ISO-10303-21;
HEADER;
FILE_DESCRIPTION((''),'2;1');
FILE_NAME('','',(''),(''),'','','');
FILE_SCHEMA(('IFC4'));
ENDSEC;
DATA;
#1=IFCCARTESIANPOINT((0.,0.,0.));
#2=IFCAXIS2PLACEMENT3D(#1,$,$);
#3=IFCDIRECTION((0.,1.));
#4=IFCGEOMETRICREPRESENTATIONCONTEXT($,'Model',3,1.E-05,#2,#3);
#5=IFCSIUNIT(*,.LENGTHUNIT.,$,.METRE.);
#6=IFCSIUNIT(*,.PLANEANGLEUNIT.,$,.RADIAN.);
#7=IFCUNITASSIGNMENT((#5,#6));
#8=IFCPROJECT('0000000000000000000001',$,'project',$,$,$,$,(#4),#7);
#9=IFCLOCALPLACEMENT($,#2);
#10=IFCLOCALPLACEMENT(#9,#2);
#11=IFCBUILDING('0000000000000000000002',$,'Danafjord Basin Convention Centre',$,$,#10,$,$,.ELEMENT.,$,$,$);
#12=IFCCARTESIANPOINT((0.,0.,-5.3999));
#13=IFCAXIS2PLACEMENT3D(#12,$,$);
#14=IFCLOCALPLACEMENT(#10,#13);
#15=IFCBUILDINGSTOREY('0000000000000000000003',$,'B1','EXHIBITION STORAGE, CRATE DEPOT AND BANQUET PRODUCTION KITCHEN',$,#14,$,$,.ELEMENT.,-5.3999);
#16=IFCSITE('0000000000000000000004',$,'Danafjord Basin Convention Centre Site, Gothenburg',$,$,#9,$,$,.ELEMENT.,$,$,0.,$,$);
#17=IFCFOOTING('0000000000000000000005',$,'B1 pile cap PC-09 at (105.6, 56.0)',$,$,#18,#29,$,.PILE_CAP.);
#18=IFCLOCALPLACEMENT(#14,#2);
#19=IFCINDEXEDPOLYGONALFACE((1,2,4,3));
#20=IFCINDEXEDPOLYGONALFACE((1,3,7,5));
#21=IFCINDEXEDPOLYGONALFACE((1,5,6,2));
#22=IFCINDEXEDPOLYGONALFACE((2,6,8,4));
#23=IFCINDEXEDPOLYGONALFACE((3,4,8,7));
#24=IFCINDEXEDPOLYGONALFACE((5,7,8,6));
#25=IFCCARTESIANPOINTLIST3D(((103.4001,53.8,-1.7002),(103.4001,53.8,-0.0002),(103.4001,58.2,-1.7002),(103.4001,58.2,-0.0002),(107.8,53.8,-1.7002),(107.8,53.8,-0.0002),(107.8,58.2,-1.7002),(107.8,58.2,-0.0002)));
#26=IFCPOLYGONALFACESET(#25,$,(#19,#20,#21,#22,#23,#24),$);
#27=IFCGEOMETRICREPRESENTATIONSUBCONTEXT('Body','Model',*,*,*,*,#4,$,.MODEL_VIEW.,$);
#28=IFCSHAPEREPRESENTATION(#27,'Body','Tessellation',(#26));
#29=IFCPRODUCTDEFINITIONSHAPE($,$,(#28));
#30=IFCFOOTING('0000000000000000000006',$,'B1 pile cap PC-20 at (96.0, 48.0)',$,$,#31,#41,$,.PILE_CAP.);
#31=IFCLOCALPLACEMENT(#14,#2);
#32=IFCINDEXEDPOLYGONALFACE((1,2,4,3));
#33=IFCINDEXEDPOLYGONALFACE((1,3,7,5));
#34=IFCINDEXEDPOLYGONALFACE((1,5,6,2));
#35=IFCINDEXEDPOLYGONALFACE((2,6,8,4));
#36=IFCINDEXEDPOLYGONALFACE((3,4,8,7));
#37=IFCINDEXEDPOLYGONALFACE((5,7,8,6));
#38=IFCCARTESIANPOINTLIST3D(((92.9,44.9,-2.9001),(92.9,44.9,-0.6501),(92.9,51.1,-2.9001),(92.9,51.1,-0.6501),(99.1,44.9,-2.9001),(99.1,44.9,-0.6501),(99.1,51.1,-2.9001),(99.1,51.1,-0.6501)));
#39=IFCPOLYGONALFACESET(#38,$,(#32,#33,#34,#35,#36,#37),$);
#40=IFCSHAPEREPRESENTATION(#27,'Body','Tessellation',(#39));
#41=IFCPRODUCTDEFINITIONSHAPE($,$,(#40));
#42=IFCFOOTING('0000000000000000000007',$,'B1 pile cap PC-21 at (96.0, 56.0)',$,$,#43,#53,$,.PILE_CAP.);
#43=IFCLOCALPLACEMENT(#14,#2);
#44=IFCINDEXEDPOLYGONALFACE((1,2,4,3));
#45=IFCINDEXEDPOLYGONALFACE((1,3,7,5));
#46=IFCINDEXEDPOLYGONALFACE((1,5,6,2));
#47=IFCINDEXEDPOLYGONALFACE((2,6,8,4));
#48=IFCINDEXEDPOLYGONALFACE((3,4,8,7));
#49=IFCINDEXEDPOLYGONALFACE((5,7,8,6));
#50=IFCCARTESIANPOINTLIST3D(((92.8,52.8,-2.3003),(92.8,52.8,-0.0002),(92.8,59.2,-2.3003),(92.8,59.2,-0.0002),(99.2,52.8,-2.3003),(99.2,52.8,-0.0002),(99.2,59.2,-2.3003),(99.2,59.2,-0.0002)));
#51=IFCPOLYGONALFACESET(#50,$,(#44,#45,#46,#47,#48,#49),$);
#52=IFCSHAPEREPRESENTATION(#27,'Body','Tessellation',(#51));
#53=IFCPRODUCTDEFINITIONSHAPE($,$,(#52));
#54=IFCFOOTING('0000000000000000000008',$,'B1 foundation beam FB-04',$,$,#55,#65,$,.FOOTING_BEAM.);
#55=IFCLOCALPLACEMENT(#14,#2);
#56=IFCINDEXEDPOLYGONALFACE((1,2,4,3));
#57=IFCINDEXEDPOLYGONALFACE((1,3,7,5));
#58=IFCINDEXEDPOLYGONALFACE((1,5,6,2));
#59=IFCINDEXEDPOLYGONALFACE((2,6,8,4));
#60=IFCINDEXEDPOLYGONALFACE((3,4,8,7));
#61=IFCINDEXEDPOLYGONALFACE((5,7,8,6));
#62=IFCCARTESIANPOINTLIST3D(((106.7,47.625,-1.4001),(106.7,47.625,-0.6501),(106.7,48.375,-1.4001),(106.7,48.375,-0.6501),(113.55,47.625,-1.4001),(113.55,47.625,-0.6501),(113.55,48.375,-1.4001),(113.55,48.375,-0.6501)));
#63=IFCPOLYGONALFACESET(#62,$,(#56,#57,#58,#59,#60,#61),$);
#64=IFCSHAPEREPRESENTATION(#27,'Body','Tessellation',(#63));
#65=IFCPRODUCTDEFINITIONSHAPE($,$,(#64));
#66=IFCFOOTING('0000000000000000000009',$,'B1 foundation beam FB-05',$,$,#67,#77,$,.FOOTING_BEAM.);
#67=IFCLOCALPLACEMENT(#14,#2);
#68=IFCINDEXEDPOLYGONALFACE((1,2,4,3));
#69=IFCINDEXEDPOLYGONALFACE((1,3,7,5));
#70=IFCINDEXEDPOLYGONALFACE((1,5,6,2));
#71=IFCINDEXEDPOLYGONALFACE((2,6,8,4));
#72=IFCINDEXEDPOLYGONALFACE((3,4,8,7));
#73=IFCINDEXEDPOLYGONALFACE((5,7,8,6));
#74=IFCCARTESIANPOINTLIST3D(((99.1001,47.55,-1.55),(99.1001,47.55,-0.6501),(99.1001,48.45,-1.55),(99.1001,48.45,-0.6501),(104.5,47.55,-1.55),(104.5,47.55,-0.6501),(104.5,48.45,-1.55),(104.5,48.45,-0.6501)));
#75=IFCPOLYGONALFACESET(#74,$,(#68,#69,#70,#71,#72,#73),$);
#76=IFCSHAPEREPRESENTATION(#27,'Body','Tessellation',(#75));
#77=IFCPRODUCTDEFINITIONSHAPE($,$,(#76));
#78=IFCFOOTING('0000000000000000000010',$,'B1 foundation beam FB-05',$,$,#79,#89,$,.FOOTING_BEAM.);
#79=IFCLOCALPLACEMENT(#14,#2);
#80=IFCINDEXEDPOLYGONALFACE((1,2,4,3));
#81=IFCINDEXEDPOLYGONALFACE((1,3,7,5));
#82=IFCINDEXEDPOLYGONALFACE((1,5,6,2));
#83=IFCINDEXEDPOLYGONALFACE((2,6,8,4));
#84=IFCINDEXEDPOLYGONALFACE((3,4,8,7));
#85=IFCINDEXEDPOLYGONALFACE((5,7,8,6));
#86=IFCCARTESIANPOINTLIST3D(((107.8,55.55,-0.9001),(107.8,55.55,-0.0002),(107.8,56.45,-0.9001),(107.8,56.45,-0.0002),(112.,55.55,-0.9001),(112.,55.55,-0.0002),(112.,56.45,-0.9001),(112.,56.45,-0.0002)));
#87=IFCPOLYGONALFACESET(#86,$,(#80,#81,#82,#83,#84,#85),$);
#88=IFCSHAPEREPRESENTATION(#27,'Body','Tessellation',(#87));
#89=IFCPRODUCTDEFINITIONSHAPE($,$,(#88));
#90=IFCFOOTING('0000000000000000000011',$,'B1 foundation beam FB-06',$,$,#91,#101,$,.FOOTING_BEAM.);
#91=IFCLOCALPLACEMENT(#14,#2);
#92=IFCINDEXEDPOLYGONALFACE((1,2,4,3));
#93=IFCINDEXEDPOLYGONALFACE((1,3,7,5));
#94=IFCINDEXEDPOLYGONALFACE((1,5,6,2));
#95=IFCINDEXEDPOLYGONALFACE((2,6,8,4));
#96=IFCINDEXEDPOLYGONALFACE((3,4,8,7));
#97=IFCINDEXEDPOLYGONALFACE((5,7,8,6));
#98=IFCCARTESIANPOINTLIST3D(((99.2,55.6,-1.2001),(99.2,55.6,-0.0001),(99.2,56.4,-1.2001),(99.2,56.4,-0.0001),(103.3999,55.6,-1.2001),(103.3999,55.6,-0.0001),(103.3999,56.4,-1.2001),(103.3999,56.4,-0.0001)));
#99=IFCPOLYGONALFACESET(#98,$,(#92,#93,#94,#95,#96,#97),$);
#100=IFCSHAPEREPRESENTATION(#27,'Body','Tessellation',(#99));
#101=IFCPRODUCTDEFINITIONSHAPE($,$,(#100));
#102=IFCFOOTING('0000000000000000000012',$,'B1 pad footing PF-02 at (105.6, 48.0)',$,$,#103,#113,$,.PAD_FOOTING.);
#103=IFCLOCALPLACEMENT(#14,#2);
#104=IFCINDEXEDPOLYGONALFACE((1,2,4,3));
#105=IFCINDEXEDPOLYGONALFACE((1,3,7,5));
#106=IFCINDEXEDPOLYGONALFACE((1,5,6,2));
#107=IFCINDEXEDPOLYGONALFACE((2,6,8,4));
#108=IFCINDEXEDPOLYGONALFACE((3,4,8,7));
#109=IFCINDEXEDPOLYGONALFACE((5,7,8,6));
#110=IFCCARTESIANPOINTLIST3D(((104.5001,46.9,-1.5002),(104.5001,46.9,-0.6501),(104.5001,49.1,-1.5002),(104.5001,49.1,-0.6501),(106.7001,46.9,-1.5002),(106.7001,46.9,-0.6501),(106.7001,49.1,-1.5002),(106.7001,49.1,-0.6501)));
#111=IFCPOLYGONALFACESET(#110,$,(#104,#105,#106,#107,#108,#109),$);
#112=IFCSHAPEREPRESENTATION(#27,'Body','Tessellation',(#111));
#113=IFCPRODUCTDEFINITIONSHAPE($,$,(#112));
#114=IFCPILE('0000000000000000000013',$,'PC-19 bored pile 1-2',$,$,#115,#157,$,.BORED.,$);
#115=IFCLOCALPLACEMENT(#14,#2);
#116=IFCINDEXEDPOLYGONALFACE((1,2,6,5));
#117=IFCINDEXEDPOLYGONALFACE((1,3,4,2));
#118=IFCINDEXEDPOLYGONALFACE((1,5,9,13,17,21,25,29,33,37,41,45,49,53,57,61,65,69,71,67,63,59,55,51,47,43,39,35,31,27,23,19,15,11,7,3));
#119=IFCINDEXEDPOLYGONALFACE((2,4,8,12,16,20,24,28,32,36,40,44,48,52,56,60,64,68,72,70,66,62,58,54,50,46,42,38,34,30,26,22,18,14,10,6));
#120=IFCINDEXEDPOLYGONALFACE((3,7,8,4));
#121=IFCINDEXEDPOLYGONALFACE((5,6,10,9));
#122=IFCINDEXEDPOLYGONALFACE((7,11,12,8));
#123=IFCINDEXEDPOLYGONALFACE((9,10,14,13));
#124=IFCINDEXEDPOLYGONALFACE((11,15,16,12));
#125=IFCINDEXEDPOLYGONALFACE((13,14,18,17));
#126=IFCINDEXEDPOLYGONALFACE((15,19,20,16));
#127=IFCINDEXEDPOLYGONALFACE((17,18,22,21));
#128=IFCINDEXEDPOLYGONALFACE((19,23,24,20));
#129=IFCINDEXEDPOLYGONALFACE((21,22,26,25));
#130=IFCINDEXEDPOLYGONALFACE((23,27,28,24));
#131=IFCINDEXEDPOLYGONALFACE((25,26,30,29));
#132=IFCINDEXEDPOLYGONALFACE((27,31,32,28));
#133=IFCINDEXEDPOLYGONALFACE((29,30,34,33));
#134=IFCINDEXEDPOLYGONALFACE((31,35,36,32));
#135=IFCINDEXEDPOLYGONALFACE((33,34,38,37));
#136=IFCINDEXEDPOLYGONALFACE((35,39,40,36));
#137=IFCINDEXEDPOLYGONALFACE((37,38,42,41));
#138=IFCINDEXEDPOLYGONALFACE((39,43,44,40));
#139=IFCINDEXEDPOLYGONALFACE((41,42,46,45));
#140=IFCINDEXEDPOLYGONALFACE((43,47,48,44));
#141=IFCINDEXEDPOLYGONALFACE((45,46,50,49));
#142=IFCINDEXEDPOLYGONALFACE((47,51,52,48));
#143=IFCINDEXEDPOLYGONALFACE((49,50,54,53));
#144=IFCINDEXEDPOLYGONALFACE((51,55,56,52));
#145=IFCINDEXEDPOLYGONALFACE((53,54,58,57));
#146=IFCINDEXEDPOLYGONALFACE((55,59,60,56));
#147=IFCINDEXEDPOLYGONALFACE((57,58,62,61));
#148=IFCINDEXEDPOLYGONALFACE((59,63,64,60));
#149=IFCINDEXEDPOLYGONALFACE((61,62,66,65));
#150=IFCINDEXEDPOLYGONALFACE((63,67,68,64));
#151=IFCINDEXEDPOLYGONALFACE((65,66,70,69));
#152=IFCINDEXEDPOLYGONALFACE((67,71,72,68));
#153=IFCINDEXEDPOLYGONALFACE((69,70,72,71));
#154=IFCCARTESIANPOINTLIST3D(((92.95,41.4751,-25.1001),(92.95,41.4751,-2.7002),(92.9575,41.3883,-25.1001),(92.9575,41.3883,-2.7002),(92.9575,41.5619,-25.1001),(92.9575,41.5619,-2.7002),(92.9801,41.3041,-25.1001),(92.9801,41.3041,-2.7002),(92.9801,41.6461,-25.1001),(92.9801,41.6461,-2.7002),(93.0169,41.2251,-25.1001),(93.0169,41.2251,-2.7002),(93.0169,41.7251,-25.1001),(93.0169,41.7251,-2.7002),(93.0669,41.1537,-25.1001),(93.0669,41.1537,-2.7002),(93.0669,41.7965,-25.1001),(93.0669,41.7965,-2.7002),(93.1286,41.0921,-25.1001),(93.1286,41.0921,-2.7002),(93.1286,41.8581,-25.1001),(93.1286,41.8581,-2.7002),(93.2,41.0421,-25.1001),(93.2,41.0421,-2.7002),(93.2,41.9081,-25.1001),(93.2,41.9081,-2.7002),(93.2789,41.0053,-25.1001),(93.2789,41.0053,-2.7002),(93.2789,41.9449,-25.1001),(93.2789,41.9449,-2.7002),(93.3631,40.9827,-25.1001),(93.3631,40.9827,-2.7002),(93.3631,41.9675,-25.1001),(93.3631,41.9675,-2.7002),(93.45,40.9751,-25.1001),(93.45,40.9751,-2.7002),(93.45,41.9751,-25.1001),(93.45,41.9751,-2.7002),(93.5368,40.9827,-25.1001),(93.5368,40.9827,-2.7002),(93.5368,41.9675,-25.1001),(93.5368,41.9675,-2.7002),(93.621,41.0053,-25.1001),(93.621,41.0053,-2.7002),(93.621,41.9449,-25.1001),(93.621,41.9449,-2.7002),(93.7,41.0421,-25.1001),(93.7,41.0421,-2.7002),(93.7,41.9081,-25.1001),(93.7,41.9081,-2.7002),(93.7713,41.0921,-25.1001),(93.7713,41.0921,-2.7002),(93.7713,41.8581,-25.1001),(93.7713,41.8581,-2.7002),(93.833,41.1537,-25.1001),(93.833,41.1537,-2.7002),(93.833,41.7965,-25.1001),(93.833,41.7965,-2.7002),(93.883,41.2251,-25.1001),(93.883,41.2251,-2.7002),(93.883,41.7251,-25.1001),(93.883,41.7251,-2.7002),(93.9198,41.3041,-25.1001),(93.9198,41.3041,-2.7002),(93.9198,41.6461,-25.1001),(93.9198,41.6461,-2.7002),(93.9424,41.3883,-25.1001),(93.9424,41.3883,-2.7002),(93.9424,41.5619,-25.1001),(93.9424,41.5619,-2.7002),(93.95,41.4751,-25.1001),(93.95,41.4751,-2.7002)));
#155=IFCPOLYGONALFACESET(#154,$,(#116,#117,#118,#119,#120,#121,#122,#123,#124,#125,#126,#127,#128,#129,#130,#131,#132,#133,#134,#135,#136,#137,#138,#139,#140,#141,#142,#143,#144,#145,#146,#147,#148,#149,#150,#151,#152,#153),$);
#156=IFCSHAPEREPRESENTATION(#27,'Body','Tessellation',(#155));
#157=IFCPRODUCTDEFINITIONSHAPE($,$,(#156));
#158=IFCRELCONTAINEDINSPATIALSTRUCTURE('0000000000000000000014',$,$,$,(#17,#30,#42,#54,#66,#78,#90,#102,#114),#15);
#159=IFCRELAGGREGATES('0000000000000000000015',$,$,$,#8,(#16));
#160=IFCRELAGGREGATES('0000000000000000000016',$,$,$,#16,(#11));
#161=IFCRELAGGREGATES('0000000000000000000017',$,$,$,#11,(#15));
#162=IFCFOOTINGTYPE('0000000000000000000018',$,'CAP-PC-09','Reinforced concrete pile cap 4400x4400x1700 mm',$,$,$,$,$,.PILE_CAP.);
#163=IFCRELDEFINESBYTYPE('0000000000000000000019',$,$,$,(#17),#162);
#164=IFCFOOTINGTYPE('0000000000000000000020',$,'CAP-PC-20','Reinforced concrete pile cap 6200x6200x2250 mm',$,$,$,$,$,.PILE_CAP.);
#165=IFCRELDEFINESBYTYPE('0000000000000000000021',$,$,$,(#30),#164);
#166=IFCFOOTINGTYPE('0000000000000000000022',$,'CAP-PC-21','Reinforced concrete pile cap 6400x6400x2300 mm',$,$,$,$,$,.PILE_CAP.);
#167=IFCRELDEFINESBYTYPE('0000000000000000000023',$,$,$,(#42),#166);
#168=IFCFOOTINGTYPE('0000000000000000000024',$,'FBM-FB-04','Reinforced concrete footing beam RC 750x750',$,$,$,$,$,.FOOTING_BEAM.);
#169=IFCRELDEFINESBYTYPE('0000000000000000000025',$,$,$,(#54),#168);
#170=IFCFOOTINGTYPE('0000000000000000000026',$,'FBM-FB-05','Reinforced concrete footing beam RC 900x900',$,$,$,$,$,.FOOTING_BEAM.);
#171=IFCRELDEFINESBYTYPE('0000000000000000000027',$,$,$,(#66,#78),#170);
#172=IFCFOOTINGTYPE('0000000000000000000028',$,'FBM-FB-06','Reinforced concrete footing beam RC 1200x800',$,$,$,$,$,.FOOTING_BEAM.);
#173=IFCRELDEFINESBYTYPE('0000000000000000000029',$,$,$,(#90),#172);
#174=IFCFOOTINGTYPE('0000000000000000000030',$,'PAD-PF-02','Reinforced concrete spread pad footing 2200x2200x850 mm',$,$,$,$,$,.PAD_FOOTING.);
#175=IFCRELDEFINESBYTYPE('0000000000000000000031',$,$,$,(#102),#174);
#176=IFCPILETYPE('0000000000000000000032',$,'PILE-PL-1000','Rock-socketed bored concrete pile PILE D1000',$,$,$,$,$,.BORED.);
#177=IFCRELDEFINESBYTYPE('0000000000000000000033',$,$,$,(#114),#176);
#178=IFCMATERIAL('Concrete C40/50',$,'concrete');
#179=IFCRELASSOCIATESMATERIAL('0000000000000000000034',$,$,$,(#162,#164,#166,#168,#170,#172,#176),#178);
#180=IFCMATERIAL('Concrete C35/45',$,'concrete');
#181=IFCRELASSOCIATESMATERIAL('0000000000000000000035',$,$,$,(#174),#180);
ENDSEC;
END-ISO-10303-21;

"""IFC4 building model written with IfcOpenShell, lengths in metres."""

from ifc_helpers import new_model, si_unit, direction, frame, origin, origin_2d, place, context, subcontext, project, spatial, rectangle, circle, extrude, material, material_profile, profile_set, type_object, element, save


model = new_model("IFC4")

# Units and contexts
model_context = context("Model", 3, precision=1e-05, world=origin(), true_north=direction((0.0, 1.0)))
body_context = subcontext(model_context, "Body", "Model", "MODEL_VIEW")
ifc_project = project(units=[si_unit("LENGTHUNIT", "METRE"), si_unit("PLANEANGLEUNIT", "RADIAN")], contexts=[model_context])

# Site, building, storey
site_placement = place(None, origin())
site = spatial("IfcSite", under=ifc_project, at=site_placement, Name="Danafjord Basin Convention Centre Site, Gothenburg", CompositionType="ELEMENT", RefElevation=0.0)
building_placement = place(site_placement, origin())
building = spatial("IfcBuilding", under=site, at=building_placement, Name="Danafjord Basin Convention Centre", CompositionType="ELEMENT")
storey_placement = place(building_placement, frame((0.0, 0.0, -5.3999)))
storey = spatial("IfcBuildingStorey", under=building, at=storey_placement, Name="B1", Description="EXHIBITION STORAGE, CRATE DEPOT AND BANQUET PRODUCTION KITCHEN", CompositionType="ELEMENT", Elevation=-5.3999)

# Footings
ifc_material_1 = material(Name="Concrete C40/50", Category="concrete")
footing_type_1 = type_object("IfcFootingType", Name="CAP-PC-09", Description="Reinforced concrete pile cap 4400x4400x1700 mm", PredefinedType="PILE_CAP", material=ifc_material_1)
footing_1_placement = place(storey_placement, frame((105.6001, 56.0, -1.7002), z_axis=(0.0, 0.0, 1.0), x_axis=(1.0, 0.0, 0.0)))
element("IfcFooting", 1, at=footing_1_placement, inside=storey, type_object=footing_type_1, Name="B1 pile cap PC-09 at (105.6, 56.0)", PredefinedType="PILE_CAP", context=body_context, shape_type="SweptSolid", body=[
    extrude(rectangle(XDim=4.3999, YDim=4.3999, at=origin_2d()), origin(), (0.0, 0.0, 1.0), 1.7),
])
footing_type_2 = type_object("IfcFootingType", Name="CAP-PC-20", Description="Reinforced concrete pile cap 6200x6200x2250 mm", PredefinedType="PILE_CAP", material=ifc_material_1)
footing_2_placement = place(storey_placement, frame((96.0, 48.0, -2.9001), z_axis=(0.0, 0.0, 1.0), x_axis=(1.0, 0.0, 0.0)))
element("IfcFooting", 2, at=footing_2_placement, inside=storey, type_object=footing_type_2, Name="B1 pile cap PC-20 at (96.0, 48.0)", PredefinedType="PILE_CAP", context=body_context, shape_type="SweptSolid", body=[
    extrude(rectangle(XDim=6.2, YDim=6.2, at=origin_2d()), origin(), (0.0, 0.0, 1.0), 2.25),
])
footing_type_3 = type_object("IfcFootingType", Name="CAP-PC-21", Description="Reinforced concrete pile cap 6400x6400x2300 mm", PredefinedType="PILE_CAP", material=ifc_material_1)
footing_3_placement = place(storey_placement, frame((96.0, 56.0, -2.3003), z_axis=(0.0, 0.0, 1.0), x_axis=(1.0, 0.0, 0.0)))
element("IfcFooting", 3, at=footing_3_placement, inside=storey, type_object=footing_type_3, Name="B1 pile cap PC-21 at (96.0, 56.0)", PredefinedType="PILE_CAP", context=body_context, shape_type="SweptSolid", body=[
    extrude(rectangle(XDim=6.3999, YDim=6.3999, at=origin_2d()), origin(), (0.0, 0.0, 1.0), 2.3),
])
ifc_material_profile_1 = material_profile(ifc_material_1, rectangle(XDim=0.75, YDim=0.75, at=origin_2d()), Name="RC 750x750")
ifc_profile_set_1 = profile_set([ifc_material_profile_1], Name="Concrete C40/50")
footing_type_4 = type_object("IfcFootingType", Name="FBM-FB-04", Description="Reinforced concrete footing beam RC 750x750", PredefinedType="FOOTING_BEAM", material=ifc_profile_set_1)
footing_4_placement = place(storey_placement, frame((106.7, 48.0, -1.0251), z_axis=(1.0, 0.0, 0.0), x_axis=(0.0, 1.0, 0.0)))
element("IfcFooting", 4, at=footing_4_placement, inside=storey, type_object=footing_type_4, Name="B1 foundation beam FB-04", PredefinedType="FOOTING_BEAM", context=body_context, shape_type="SweptSolid", body=[
    extrude(rectangle(XDim=0.75, YDim=0.75, at=origin_2d()), origin(), (0.0, 0.0, 1.0), 6.8501),
])
ifc_material_profile_2 = material_profile(ifc_material_1, rectangle(XDim=0.8999, YDim=0.8999, at=origin_2d()), Name="RC 900x900")
ifc_profile_set_2 = profile_set([ifc_material_profile_2], Name="Concrete C40/50")
footing_type_5 = type_object("IfcFootingType", Name="FBM-FB-05", Description="Reinforced concrete footing beam RC 900x900", PredefinedType="FOOTING_BEAM", material=ifc_profile_set_2)
footing_5_placement = place(storey_placement, frame((99.1001, 48.0, -1.1001), z_axis=(1.0, 0.0, 0.0), x_axis=(0.0, 1.0, 0.0)))
element("IfcFooting", 5, at=footing_5_placement, inside=storey, type_object=footing_type_5, Name="B1 foundation beam FB-05", PredefinedType="FOOTING_BEAM", context=body_context, shape_type="SweptSolid", body=[
    extrude(rectangle(XDim=0.8999, YDim=0.8999, at=origin_2d()), origin(), (0.0, 0.0, 1.0), 5.3999),
])
footing_6_placement = place(storey_placement, frame((107.8, 56.0, -0.4502), z_axis=(1.0, 0.0, 0.0), x_axis=(0.0, 1.0, 0.0)))
element("IfcFooting", 6, at=footing_6_placement, inside=storey, type_object=footing_type_5, Name="B1 foundation beam FB-05", PredefinedType="FOOTING_BEAM", context=body_context, shape_type="SweptSolid", body=[
    extrude(rectangle(XDim=0.8999, YDim=0.8999, at=origin_2d()), origin(), (0.0, 0.0, 1.0), 4.2),
])
ifc_material_profile_3 = material_profile(ifc_material_1, rectangle(XDim=0.8, YDim=1.2, at=origin_2d()), Name="RC 1200x800")
ifc_profile_set_3 = profile_set([ifc_material_profile_3], Name="Concrete C40/50")
footing_type_6 = type_object("IfcFootingType", Name="FBM-FB-06", Description="Reinforced concrete footing beam RC 1200x800", PredefinedType="FOOTING_BEAM", material=ifc_profile_set_3)
footing_7_placement = place(storey_placement, frame((99.2, 56.0, -0.6001), z_axis=(1.0, 0.0, 0.0), x_axis=(0.0, 1.0, 0.0)))
element("IfcFooting", 7, at=footing_7_placement, inside=storey, type_object=footing_type_6, Name="B1 foundation beam FB-06", PredefinedType="FOOTING_BEAM", context=body_context, shape_type="SweptSolid", body=[
    extrude(rectangle(XDim=0.8, YDim=1.2, at=origin_2d()), origin(), (0.0, 0.0, 1.0), 4.2),
])
ifc_material_2 = material(Name="Concrete C35/45", Category="concrete")
footing_type_7 = type_object("IfcFootingType", Name="PAD-PF-02", Description="Reinforced concrete spread pad footing 2200x2200x850 mm", PredefinedType="PAD_FOOTING", material=ifc_material_2)
footing_8_placement = place(storey_placement, frame((105.6001, 48.0, -1.5002), z_axis=(0.0, 0.0, 1.0), x_axis=(1.0, 0.0, 0.0)))
element("IfcFooting", 8, at=footing_8_placement, inside=storey, type_object=footing_type_7, Name="B1 pad footing PF-02 at (105.6, 48.0)", PredefinedType="PAD_FOOTING", context=body_context, shape_type="SweptSolid", body=[
    extrude(rectangle(XDim=2.2, YDim=2.2, at=origin_2d()), origin(), (0.0, 0.0, 1.0), 0.8501),
])

# Pile
ifc_material_profile_4 = material_profile(ifc_material_1, circle(Radius=0.5, at=origin_2d()), Name="PILE D1000")
ifc_profile_set_4 = profile_set([ifc_material_profile_4], Name="Concrete C40/50")
pile_type_1 = type_object("IfcPileType", Name="PILE-PL-1000", Description="Rock-socketed bored concrete pile PILE D1000", PredefinedType="BORED", material=ifc_profile_set_4)
for number, where, z_axis, x_axis, name in (
    (9, (93.45, 41.4751, -2.7002), (0.0, 0.0, -1.0), (1.0, 0.0, 0.0), "PC-19 bored pile 1-2"),
):
    element("IfcPile", number, at=place(storey_placement, frame(where, z_axis=z_axis, x_axis=x_axis)), inside=storey, type_object=pile_type_1, Name=name, PredefinedType="BORED", context=body_context, shape_type="SweptSolid", body=[
        extrude(circle(Radius=0.5, at=origin_2d()), origin(), (0.0, 0.0, 1.0), 22.3999),
    ])

save(model, "model.ifc")
